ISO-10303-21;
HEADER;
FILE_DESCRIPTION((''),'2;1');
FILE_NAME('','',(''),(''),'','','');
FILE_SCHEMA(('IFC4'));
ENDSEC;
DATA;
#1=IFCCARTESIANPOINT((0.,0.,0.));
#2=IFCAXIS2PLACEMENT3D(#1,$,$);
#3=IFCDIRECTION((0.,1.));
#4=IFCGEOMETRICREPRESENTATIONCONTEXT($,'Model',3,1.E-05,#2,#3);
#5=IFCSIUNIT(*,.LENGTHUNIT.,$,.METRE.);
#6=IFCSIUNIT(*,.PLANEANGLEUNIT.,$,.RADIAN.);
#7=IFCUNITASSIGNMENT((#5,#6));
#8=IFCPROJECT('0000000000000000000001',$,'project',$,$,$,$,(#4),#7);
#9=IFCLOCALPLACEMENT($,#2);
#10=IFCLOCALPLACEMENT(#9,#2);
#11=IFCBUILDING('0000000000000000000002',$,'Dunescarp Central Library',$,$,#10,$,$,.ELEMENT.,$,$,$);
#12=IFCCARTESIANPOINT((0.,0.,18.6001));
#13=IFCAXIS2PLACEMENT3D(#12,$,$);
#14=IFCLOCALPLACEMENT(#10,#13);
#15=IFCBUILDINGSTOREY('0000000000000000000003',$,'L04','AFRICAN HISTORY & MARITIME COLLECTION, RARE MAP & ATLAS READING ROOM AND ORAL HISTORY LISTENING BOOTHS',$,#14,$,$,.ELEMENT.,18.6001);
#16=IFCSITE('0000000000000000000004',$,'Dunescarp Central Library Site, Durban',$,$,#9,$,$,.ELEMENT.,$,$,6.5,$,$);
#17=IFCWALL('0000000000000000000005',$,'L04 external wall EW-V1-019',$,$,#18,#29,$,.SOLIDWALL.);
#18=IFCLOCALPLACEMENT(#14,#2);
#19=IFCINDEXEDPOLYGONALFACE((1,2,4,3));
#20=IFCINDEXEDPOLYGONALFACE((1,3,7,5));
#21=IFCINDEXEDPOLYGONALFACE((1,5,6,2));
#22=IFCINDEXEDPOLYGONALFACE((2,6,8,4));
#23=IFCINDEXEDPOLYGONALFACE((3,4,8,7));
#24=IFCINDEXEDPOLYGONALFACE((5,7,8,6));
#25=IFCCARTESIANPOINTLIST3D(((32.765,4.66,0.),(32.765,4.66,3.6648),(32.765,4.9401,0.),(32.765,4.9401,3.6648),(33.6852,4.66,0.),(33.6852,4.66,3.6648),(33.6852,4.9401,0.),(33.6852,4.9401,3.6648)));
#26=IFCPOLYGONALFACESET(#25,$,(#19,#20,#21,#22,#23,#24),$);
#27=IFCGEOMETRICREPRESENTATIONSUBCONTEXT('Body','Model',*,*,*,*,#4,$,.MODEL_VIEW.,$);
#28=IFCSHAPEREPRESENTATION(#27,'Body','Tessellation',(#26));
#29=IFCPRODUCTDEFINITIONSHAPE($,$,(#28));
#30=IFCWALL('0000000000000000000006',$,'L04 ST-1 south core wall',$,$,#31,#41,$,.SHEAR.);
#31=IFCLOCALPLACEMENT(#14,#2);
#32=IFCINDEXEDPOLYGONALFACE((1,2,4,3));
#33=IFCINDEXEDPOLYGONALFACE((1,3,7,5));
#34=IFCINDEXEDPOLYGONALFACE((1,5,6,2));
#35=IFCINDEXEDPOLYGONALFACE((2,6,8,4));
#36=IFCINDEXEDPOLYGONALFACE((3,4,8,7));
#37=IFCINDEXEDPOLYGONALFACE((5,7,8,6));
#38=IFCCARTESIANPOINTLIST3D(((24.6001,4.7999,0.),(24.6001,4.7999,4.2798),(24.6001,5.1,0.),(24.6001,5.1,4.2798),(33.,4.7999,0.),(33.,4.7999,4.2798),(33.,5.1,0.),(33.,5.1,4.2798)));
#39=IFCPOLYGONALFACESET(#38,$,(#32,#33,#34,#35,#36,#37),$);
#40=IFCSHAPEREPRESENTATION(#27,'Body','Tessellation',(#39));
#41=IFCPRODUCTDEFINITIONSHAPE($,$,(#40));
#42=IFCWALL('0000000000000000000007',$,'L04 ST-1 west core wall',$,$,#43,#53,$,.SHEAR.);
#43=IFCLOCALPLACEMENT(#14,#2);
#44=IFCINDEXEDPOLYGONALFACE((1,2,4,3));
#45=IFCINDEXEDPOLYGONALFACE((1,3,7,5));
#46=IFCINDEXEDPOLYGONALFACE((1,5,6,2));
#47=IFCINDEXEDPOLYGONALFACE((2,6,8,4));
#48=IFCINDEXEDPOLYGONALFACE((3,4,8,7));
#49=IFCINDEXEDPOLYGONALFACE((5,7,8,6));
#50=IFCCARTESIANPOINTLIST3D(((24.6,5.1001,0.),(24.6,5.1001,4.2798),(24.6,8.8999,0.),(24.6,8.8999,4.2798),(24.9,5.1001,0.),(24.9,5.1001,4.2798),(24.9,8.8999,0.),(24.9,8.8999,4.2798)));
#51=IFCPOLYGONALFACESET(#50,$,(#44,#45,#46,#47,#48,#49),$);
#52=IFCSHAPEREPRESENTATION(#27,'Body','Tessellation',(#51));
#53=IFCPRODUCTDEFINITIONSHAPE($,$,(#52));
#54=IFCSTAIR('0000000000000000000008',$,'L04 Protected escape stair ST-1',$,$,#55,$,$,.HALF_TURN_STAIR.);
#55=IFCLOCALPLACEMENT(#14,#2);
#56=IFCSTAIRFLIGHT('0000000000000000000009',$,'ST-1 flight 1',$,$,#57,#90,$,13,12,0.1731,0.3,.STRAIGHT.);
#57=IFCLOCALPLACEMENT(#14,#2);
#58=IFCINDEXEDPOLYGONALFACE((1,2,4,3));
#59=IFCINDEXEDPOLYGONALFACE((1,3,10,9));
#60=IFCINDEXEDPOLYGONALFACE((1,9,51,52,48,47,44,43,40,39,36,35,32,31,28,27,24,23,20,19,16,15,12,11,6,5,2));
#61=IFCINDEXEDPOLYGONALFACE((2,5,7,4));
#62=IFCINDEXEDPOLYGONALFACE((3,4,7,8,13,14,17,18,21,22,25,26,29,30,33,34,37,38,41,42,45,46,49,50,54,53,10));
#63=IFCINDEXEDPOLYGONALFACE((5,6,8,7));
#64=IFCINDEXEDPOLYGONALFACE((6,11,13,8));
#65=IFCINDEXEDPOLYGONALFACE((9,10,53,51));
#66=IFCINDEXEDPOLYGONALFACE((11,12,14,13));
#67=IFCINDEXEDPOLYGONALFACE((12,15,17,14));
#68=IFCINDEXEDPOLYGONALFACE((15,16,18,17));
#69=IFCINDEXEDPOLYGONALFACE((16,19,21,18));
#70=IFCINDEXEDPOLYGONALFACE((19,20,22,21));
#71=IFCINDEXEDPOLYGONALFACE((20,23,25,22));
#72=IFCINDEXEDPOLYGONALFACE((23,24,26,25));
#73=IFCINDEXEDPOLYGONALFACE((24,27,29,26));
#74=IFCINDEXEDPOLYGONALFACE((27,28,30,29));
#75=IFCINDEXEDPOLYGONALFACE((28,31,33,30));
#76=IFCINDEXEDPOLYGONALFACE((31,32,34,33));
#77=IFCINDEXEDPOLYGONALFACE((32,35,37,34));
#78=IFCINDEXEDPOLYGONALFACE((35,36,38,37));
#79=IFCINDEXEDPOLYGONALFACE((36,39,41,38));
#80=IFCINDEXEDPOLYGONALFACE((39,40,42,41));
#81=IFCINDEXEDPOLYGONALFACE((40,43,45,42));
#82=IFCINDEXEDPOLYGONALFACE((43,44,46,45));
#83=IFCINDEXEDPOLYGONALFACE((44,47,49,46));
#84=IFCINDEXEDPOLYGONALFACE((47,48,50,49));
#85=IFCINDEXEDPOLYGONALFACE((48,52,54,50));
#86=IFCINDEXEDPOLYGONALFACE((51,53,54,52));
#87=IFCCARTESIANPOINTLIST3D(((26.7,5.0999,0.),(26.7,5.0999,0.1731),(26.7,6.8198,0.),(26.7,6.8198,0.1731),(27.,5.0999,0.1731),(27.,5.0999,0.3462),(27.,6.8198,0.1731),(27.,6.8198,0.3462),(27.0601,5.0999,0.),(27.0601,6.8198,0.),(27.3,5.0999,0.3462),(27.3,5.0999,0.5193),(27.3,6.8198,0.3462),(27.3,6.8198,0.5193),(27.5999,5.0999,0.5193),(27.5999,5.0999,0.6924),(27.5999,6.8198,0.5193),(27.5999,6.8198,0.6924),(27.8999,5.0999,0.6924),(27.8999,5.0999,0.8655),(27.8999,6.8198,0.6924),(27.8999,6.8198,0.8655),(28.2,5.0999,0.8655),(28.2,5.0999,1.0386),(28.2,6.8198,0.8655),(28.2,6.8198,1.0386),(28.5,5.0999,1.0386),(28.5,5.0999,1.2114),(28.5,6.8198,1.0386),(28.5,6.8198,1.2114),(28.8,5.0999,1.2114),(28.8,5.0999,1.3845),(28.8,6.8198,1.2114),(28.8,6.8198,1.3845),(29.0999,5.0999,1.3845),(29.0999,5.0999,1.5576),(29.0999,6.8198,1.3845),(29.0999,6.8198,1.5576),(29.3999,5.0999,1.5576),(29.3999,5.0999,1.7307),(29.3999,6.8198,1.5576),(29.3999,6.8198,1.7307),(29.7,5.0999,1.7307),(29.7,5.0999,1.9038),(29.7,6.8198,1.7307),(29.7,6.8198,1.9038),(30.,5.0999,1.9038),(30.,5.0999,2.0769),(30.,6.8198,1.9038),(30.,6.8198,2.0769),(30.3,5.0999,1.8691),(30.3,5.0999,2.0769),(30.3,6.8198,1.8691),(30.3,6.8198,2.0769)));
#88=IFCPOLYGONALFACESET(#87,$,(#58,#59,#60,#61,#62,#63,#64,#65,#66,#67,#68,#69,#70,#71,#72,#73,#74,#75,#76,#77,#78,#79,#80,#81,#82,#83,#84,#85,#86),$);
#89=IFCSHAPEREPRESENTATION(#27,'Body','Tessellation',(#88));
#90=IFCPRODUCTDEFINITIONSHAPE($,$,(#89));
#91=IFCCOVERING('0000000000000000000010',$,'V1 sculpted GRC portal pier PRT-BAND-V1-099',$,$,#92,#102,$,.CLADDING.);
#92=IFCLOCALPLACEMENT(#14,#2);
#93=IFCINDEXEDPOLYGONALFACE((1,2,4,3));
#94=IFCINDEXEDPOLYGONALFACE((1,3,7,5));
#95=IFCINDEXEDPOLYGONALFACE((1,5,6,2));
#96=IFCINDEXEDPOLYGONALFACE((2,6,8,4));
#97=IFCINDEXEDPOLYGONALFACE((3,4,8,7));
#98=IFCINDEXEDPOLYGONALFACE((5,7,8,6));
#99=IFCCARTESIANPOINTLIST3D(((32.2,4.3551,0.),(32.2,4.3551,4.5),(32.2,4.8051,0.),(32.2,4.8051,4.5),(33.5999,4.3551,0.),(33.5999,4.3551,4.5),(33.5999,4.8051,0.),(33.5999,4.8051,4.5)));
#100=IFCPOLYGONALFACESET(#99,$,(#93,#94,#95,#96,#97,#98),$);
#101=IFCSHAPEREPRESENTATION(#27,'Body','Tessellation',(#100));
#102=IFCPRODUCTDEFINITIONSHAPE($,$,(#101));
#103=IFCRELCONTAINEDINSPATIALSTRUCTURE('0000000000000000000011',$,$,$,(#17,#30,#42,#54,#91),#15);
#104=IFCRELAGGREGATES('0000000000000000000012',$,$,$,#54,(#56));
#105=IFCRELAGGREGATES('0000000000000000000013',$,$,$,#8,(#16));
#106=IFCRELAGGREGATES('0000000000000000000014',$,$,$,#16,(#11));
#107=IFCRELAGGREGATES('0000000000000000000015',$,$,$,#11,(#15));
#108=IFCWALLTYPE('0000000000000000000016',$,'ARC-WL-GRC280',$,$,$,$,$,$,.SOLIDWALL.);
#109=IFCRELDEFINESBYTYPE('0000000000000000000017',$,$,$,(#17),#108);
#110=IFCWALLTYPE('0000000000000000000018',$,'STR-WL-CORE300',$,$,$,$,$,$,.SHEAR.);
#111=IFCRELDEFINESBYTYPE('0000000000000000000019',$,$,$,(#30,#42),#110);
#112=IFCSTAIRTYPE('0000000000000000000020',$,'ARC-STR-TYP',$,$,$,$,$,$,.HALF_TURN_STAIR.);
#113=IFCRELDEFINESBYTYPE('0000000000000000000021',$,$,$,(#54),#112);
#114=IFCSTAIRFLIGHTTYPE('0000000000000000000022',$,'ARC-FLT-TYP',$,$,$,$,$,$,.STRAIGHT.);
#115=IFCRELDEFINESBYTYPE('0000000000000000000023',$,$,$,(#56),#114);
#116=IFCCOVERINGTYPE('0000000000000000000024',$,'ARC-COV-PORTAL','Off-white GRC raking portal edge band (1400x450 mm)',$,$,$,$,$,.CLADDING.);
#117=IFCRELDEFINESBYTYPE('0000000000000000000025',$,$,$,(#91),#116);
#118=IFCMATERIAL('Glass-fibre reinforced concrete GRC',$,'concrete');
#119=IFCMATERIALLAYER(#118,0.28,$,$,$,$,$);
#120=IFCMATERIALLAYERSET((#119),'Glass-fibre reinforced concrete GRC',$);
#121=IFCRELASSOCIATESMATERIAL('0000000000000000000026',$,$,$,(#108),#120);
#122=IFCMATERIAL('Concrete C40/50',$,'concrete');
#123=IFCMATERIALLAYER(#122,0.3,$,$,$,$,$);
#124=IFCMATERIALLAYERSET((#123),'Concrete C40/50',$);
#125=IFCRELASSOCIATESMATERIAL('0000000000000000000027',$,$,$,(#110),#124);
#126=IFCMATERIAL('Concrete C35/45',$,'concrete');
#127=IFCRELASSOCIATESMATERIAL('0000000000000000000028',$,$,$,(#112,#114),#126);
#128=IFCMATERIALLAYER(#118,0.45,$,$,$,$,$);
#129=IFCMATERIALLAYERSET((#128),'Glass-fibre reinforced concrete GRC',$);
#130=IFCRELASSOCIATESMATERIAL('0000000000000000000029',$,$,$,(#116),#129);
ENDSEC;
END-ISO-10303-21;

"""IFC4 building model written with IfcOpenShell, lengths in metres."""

from ifc_helpers import new_model, si_unit, direction, frame, frame_2d, origin, origin_2d, place, context, subcontext, project, spatial, polyline, rectangle, outline, extrude, material, layer, layer_set, type_object, element, aggregate, save


model = new_model("IFC4")

# Units and contexts
model_context = context("Model", 3, precision=1e-05, world=origin(), true_north=direction((0.0, 1.0)))
body_context = subcontext(model_context, "Body", "Model", "MODEL_VIEW")
ifc_project = project(units=[si_unit("LENGTHUNIT", "METRE"), si_unit("PLANEANGLEUNIT", "RADIAN")], contexts=[model_context])

# Site, building, storey
site_placement = place(None, origin())
site = spatial("IfcSite", under=ifc_project, at=site_placement, Name="Dunescarp Central Library Site, Durban", CompositionType="ELEMENT", RefElevation=6.5)
building_placement = place(site_placement, origin())
building = spatial("IfcBuilding", under=site, at=building_placement, Name="Dunescarp Central Library", CompositionType="ELEMENT")
storey_placement = place(building_placement, frame((0.0, 0.0, 18.6001)))
storey = spatial("IfcBuildingStorey", under=building, at=storey_placement, Name="L04", Description="AFRICAN HISTORY & MARITIME COLLECTION, RARE MAP & ATLAS READING ROOM AND ORAL HISTORY LISTENING BOOTHS", CompositionType="ELEMENT", Elevation=18.6001)

# Walls
ifc_material_1 = material(Name="Glass-fibre reinforced concrete GRC", Category="concrete")
ifc_layer_1 = layer(ifc_material_1, 0.28)
ifc_layer_set_1 = layer_set([ifc_layer_1], Name="Glass-fibre reinforced concrete GRC")
wall_type_1 = type_object("IfcWallType", Name="ARC-WL-GRC280", PredefinedType="SOLIDWALL", material=ifc_layer_set_1)
wall_1_placement = place(storey_placement, frame((33.6851, 4.8, 0.0), z_axis=(0.0, 0.0, 1.0), x_axis=(-1.0, 0.0, 0.0)))
element("IfcWall", 1, at=wall_1_placement, inside=storey, type_object=wall_type_1, Name="L04 external wall EW-V1-019", PredefinedType="SOLIDWALL", context=body_context, shape_type="SweptSolid", body=[
    extrude(rectangle(XDim=0.9202, YDim=0.28, at=frame_2d((0.46, 0.0))), origin(), (0.0, 0.0, 1.0), 3.6648),
])
ifc_material_2 = material(Name="Concrete C40/50", Category="concrete")
ifc_layer_2 = layer(ifc_material_2, 0.3)
ifc_layer_set_2 = layer_set([ifc_layer_2], Name="Concrete C40/50")
wall_type_2 = type_object("IfcWallType", Name="STR-WL-CORE300", PredefinedType="SHEAR", material=ifc_layer_set_2)
wall_2_placement = place(storey_placement, frame((33.0, 4.95, 0.0), z_axis=(0.0, 0.0, 1.0), x_axis=(-1.0, 0.0, 0.0)))
element("IfcWall", 2, at=wall_2_placement, inside=storey, type_object=wall_type_2, Name="L04 ST-1 south core wall", PredefinedType="SHEAR", context=body_context, shape_type="SweptSolid", body=[
    extrude(rectangle(XDim=8.3999, YDim=0.3, at=frame_2d((4.2, 0.0))), origin(), (0.0, 0.0, 1.0), 4.2798),
])
wall_3_placement = place(storey_placement, frame((24.75, 5.1001, 0.0), z_axis=(0.0, 0.0, 1.0), x_axis=(0.0, 1.0, 0.0)))
element("IfcWall", 3, at=wall_3_placement, inside=storey, type_object=wall_type_2, Name="L04 ST-1 west core wall", PredefinedType="SHEAR", context=body_context, shape_type="SweptSolid", body=[
    extrude(rectangle(XDim=3.7998, YDim=0.3, at=frame_2d((1.8999, 0.0))), origin(), (0.0, 0.0, 1.0), 4.2798),
])

# Stair, stair flight
ifc_material_3 = material(Name="Concrete C35/45", Category="concrete")
stair_type = type_object("IfcStairType", Name="ARC-STR-TYP", PredefinedType="HALF_TURN_STAIR", material=ifc_material_3)
stair_placement = place(storey_placement, origin())
stair = element("IfcStair", 4, at=stair_placement, inside=storey, type_object=stair_type, Name="L04 Protected escape stair ST-1", PredefinedType="HALF_TURN_STAIR")
stair_flight_type = type_object("IfcStairFlightType", Name="ARC-FLT-TYP", PredefinedType="STRAIGHT", material=ifc_material_3)
stair_flight_placement = place(storey_placement, frame((26.7, 5.96, 0.0), z_axis=(0.0, 0.0, 1.0), x_axis=(1.0, 0.0, 0.0)))
stair_flight = element("IfcStairFlight", 5, at=stair_flight_placement, type_object=stair_flight_type, Name="ST-1 flight 1", NumberOfRisers=13, NumberOfTreads=12, PredefinedType="STRAIGHT", RiserHeight=0.1731, TreadLength=0.3, context=body_context, shape_type="SweptSolid", body=[
    extrude(outline(polyline([(0.0, 0.0), (0.0, 0.1731), (0.3, 0.1731), (0.3, 0.3462), (0.6001, 0.3462), (0.6001, 0.5193), (0.8999, 0.5193), (0.8999, 0.6924), (1.2, 0.6924), (1.2, 0.8655), (1.5, 0.8655), (1.5, 1.0386), (1.8, 1.0386), (1.8, 1.2114), (2.1001, 1.2114), (2.1001, 1.3845), (2.3999, 1.3845), (2.3999, 1.5576), (2.7, 1.5576), (2.7, 1.7307), (3.0, 1.7307), (3.0, 1.9038), (3.3, 1.9038), (3.3, 2.0769), (3.6001, 2.0769), (3.6001, 2.25), (3.6001, 1.8691), (0.3601, 0.0), (0.0, 0.0)])), frame((0.0, 0.8599, 0.0), z_axis=(0.0, -1.0, 0.0), x_axis=(1.0, 0.0, 0.0)), (0.0, 0.0, 1.0), 1.72),
])
aggregate(stair, [stair_flight])

# Covering
ifc_layer_3 = layer(ifc_material_1, 0.45)
ifc_layer_set_3 = layer_set([ifc_layer_3], Name="Glass-fibre reinforced concrete GRC")
covering_type = type_object("IfcCoveringType", Name="ARC-COV-PORTAL", Description="Off-white GRC raking portal edge band (1400x450 mm)", PredefinedType="CLADDING", material=ifc_layer_set_3)
covering_placement = place(storey_placement, frame((32.8999, 4.5801, 0.0), z_axis=(0.0, 0.0, 1.0), x_axis=(1.0, 0.0, 0.0)))
element("IfcCovering", 6, at=covering_placement, inside=storey, type_object=covering_type, Name="V1 sculpted GRC portal pier PRT-BAND-V1-099", PredefinedType="CLADDING", context=body_context, shape_type="SweptSolid", body=[
    extrude(rectangle(XDim=1.3999, YDim=0.45, at=origin_2d()), origin(), (0.0, 0.0, 1.0), 4.5),
])

save(model, "model.ifc")
